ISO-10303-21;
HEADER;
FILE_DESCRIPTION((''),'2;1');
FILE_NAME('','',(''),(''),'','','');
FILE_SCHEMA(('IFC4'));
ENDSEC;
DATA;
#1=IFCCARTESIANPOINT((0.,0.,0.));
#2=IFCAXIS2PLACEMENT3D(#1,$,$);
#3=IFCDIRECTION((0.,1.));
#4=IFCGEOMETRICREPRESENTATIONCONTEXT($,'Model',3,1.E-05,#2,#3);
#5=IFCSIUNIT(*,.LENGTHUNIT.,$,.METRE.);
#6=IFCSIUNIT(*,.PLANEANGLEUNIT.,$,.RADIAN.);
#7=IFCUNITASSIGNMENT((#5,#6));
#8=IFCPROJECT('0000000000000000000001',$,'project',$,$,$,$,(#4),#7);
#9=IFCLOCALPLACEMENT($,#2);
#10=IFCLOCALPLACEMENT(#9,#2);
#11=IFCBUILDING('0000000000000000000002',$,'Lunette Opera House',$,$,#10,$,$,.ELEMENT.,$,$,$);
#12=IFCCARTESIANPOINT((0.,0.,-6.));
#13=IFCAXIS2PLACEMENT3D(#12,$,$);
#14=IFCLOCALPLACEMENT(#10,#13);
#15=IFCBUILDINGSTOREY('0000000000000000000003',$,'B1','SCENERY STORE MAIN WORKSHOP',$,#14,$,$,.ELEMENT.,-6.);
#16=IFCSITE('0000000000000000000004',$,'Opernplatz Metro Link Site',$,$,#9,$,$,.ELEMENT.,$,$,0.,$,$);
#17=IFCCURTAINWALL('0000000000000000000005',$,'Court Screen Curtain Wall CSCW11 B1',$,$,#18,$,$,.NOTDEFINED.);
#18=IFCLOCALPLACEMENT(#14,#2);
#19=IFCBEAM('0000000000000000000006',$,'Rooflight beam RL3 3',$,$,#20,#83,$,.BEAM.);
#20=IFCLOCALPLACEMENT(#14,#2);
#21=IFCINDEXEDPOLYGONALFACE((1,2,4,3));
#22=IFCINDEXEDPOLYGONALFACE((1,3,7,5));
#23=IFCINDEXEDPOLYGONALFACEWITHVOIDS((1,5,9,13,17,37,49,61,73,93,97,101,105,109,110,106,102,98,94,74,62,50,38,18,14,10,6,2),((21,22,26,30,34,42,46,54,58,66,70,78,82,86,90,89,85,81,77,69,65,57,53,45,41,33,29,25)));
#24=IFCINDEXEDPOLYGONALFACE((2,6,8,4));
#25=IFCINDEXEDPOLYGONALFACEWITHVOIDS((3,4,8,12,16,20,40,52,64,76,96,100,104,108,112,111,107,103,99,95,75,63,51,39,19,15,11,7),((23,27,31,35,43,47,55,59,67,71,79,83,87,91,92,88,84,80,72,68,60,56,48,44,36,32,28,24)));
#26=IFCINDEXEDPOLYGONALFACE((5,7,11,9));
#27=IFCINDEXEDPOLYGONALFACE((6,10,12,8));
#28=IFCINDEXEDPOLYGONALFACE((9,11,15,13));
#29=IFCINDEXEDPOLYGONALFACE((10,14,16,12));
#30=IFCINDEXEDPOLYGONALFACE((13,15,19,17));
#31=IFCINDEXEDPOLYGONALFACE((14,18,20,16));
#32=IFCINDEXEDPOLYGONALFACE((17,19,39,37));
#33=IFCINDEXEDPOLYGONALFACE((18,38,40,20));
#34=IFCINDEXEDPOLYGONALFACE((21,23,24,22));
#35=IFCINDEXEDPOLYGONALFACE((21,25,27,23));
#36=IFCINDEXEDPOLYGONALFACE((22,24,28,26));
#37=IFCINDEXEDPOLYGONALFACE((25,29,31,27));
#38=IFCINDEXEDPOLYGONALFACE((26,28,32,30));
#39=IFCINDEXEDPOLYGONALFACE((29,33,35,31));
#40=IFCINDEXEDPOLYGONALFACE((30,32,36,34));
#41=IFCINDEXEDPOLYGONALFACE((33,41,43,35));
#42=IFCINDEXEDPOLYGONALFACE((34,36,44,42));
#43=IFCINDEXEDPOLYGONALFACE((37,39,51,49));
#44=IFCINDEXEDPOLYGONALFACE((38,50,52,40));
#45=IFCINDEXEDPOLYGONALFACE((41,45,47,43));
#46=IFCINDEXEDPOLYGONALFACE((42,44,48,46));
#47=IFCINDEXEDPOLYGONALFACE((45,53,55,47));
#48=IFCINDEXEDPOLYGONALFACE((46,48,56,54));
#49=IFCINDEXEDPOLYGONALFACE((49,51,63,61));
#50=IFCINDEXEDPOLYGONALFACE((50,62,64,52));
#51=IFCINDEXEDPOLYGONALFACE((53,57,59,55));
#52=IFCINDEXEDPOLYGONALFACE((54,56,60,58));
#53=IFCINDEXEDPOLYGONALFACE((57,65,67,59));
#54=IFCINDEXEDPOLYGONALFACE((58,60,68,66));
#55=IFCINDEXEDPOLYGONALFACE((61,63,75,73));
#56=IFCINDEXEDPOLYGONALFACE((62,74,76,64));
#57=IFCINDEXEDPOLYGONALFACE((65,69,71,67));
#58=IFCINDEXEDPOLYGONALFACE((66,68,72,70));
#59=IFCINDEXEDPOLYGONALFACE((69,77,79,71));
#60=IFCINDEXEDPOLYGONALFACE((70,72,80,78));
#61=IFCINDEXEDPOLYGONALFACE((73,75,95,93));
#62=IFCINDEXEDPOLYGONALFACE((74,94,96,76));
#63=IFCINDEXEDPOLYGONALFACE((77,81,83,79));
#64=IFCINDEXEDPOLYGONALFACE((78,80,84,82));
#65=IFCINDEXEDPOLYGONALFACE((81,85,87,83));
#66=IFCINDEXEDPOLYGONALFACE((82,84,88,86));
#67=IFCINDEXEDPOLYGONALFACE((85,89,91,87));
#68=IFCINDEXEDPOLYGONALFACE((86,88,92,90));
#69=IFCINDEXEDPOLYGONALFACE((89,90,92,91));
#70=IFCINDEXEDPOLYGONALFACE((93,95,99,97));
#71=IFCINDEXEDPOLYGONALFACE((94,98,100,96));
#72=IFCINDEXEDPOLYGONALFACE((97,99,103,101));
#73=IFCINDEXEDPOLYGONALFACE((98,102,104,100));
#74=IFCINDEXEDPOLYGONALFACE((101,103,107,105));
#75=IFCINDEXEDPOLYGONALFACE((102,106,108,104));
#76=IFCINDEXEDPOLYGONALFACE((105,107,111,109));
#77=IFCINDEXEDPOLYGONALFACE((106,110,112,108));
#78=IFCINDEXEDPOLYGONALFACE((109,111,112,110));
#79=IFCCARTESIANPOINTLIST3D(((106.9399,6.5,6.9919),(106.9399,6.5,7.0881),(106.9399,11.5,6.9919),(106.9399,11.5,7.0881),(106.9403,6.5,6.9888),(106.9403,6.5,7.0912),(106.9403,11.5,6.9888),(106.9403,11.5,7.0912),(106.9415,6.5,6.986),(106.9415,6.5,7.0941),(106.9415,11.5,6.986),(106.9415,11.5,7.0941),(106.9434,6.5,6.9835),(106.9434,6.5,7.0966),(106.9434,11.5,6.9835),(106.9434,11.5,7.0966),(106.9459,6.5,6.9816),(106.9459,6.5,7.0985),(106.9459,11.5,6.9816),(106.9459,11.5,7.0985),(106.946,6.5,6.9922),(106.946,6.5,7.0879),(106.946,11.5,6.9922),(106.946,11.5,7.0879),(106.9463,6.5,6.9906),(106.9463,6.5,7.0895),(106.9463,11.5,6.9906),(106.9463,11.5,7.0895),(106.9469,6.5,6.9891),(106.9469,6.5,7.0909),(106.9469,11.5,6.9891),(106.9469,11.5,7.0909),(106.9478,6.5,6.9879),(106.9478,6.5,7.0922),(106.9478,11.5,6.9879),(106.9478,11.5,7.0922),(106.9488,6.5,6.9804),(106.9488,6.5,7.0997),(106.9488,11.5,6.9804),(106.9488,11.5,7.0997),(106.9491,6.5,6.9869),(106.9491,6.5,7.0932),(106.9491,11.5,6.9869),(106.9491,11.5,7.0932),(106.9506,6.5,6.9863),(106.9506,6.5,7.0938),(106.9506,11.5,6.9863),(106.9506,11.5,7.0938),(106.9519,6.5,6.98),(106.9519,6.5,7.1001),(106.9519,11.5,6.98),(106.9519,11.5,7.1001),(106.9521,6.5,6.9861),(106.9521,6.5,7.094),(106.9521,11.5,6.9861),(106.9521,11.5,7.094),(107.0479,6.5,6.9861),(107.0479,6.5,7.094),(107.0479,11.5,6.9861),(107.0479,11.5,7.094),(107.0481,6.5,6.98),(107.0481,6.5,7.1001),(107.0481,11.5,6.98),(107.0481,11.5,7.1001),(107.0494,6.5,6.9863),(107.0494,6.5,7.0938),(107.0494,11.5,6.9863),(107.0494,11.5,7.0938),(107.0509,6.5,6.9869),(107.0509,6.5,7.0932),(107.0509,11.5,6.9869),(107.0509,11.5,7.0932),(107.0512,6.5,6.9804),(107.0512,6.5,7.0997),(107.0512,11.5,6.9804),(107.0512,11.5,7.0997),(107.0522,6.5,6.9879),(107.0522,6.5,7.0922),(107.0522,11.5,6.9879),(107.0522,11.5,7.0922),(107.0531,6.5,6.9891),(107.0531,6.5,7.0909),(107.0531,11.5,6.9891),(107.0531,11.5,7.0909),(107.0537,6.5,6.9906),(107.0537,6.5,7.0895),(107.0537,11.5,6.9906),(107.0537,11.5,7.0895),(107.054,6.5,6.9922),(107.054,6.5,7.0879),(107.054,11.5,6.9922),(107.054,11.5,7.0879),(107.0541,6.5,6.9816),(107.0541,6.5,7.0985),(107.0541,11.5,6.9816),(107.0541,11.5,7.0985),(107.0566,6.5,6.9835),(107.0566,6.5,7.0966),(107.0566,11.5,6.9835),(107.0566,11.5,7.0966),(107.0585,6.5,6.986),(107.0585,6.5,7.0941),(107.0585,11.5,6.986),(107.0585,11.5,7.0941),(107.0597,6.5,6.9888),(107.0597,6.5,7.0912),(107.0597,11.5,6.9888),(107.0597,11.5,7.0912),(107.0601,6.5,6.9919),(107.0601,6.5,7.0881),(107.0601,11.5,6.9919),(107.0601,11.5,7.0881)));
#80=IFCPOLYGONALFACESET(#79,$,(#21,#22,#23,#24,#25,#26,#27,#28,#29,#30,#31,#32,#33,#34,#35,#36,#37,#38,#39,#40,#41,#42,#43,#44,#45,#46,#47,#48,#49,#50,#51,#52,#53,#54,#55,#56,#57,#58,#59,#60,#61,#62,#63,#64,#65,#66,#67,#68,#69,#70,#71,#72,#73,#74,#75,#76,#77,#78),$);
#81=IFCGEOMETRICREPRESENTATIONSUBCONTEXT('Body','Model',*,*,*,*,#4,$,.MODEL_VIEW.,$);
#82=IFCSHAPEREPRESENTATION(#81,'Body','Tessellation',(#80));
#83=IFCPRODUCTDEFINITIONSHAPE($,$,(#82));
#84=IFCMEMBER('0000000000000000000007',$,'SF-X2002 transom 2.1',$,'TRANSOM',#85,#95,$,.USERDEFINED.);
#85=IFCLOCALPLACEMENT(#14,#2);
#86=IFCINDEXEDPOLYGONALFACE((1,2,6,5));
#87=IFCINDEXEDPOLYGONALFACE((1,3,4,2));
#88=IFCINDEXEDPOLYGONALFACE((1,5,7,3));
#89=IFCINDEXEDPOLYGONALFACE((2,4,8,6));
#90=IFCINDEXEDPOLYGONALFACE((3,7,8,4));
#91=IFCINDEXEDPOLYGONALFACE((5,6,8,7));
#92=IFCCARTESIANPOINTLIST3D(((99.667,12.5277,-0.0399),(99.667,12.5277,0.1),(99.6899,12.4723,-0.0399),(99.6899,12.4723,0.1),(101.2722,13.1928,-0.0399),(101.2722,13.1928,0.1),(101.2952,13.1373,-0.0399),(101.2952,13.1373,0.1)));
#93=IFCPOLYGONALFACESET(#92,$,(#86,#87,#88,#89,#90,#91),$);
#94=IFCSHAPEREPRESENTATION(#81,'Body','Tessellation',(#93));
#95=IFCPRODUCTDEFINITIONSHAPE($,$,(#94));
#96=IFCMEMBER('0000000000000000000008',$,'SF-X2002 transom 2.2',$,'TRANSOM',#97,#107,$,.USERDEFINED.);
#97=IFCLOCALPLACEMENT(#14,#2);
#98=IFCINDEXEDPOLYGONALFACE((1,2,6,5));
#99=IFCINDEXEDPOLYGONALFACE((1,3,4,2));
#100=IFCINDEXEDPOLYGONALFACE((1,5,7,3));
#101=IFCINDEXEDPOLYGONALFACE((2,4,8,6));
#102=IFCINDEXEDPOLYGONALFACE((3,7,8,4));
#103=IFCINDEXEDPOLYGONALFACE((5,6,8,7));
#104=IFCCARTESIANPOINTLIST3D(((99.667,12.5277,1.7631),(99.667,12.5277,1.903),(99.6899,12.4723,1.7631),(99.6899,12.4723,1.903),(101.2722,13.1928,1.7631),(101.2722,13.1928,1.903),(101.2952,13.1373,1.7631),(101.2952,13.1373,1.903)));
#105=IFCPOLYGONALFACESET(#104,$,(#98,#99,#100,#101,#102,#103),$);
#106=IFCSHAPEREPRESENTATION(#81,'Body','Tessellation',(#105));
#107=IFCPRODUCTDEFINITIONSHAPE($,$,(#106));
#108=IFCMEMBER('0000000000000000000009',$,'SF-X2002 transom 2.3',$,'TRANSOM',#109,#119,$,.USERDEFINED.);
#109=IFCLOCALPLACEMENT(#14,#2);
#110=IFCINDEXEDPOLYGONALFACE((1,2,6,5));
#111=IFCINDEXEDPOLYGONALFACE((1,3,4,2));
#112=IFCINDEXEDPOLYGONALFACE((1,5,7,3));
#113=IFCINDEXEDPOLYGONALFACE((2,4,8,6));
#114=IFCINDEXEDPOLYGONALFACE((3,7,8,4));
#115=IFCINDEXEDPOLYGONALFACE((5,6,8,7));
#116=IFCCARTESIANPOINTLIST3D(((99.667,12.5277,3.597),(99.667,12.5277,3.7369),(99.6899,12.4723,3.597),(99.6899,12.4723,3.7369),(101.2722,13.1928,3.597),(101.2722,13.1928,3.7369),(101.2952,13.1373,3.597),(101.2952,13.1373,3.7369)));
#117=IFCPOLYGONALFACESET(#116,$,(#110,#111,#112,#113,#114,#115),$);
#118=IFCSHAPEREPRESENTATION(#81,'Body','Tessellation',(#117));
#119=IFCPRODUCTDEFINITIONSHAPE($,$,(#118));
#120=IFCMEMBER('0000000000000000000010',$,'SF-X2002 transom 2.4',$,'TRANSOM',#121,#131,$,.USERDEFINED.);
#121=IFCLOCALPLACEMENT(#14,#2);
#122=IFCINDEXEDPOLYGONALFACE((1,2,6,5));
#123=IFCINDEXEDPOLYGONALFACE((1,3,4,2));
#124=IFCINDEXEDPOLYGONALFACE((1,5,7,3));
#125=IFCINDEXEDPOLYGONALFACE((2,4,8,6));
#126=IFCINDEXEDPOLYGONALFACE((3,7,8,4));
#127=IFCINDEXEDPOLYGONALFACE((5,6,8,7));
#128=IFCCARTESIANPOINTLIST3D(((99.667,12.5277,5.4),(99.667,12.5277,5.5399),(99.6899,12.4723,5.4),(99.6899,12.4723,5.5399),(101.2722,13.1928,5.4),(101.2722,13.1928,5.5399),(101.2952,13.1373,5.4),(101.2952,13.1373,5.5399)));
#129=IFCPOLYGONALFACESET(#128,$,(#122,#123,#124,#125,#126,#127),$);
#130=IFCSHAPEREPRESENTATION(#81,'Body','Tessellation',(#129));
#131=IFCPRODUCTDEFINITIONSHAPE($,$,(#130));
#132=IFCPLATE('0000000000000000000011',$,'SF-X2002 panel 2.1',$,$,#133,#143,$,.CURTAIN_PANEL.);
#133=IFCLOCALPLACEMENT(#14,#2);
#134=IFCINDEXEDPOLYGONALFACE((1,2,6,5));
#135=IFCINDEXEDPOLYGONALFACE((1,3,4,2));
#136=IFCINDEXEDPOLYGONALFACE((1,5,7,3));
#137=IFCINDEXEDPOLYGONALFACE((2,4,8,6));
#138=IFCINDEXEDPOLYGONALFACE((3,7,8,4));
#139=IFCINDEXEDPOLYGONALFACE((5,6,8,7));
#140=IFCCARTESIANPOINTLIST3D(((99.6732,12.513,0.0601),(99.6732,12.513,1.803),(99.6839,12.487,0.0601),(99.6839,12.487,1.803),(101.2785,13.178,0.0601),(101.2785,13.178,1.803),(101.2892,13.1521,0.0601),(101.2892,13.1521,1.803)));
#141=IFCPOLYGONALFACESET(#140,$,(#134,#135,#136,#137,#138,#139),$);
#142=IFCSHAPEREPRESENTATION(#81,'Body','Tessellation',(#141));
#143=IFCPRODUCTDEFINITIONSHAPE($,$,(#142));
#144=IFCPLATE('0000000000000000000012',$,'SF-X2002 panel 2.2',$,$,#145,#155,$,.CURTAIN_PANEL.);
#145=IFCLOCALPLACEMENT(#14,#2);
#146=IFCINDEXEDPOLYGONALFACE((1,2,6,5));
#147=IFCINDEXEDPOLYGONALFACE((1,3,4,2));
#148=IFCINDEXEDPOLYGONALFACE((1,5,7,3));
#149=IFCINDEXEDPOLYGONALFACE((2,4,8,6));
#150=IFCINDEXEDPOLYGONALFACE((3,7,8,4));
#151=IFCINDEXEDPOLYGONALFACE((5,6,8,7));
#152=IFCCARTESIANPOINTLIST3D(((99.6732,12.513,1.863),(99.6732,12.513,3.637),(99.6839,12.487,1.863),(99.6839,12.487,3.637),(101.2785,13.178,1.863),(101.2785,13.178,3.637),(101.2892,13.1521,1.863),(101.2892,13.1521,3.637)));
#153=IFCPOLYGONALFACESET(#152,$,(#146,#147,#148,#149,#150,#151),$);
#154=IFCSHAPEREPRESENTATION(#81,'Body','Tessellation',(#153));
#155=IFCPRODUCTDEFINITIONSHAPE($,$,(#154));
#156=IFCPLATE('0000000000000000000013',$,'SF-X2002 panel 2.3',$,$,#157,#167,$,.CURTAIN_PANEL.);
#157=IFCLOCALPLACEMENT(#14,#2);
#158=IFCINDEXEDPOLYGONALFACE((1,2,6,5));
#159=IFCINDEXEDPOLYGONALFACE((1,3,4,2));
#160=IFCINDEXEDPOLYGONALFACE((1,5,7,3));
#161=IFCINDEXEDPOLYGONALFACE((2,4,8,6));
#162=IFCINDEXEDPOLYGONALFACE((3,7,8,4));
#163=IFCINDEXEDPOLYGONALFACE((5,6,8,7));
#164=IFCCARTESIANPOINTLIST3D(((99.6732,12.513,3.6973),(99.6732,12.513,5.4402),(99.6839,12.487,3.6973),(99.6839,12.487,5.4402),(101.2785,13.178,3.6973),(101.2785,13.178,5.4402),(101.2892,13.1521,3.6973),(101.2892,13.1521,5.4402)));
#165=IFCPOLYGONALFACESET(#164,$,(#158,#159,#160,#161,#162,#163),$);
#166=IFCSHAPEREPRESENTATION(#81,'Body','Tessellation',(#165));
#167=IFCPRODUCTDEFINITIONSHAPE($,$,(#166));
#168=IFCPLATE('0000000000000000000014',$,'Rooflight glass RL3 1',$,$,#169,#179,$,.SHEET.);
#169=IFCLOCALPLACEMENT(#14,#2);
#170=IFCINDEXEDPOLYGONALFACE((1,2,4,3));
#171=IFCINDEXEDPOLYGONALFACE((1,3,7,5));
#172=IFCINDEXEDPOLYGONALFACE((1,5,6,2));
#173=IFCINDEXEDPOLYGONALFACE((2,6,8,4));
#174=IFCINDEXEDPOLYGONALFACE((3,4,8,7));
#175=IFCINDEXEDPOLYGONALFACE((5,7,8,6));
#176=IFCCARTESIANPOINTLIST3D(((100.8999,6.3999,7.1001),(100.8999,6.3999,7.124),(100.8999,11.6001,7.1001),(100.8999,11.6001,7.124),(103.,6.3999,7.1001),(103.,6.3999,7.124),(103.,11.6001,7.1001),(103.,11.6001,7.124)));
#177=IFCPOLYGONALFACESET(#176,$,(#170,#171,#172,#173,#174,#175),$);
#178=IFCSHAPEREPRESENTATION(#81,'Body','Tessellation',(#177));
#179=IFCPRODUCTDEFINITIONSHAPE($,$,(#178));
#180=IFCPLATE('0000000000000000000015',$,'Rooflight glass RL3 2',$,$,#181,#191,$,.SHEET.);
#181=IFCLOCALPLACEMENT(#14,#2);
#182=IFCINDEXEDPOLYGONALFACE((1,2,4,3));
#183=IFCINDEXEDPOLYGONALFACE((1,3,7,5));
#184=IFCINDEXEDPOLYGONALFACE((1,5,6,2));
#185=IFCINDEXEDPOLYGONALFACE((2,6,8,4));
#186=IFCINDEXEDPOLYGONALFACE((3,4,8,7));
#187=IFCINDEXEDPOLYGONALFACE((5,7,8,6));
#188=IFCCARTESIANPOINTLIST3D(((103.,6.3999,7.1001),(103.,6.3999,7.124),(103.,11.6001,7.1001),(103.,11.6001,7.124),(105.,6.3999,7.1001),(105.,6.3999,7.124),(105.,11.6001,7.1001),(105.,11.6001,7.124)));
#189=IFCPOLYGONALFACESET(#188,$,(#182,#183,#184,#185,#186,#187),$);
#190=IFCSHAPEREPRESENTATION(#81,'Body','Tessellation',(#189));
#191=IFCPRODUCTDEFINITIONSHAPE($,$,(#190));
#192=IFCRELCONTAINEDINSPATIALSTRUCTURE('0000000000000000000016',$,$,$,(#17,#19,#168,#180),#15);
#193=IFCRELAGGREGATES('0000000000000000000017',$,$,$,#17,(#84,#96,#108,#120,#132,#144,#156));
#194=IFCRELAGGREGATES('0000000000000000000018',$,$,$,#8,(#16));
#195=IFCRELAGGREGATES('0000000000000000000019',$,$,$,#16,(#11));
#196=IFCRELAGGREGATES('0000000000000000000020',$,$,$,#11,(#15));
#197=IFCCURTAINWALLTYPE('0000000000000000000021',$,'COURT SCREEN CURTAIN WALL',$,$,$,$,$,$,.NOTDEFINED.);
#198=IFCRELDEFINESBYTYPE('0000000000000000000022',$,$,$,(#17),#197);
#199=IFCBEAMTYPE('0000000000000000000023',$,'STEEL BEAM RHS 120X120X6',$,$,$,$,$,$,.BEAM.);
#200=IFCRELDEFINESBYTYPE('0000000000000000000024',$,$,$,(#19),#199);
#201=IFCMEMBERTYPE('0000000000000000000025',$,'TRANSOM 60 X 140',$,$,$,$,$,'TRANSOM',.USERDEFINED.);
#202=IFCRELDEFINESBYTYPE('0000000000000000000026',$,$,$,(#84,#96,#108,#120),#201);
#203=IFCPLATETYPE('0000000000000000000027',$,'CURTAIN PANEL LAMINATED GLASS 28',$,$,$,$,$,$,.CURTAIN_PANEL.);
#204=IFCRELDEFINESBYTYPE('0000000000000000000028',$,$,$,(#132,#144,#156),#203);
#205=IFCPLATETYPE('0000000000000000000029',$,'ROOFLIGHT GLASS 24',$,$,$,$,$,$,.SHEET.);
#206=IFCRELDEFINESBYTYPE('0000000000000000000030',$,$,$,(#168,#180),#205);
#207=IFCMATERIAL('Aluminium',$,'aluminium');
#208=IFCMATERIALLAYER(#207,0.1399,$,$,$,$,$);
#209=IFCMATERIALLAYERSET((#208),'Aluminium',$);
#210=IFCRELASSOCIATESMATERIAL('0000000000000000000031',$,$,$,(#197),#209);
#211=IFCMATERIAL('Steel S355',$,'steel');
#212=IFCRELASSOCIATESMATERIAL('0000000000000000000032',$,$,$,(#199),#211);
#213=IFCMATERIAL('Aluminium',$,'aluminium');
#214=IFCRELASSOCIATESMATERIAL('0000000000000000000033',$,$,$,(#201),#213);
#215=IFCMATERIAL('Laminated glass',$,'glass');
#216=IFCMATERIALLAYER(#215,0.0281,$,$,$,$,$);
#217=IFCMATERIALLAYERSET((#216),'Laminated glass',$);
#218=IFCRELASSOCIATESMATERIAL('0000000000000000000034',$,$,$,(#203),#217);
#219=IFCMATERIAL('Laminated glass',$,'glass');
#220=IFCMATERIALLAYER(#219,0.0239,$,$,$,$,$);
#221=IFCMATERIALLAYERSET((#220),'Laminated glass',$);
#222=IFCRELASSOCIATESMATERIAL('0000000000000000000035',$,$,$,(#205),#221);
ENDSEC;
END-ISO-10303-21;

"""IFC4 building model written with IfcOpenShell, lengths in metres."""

from ifc_helpers import new_model, si_unit, direction, frame, origin, origin_2d, place, context, subcontext, project, spatial, polyline, rectangle, hollow_rectangle, outline, extrude, material, layer, layer_set, material_profile, profile_set, type_object, element, aggregate, save


model = new_model("IFC4")

# Units and contexts
model_context = context("Model", 3, precision=1e-05, world=origin(), true_north=direction((0.0, 1.0)))
body_context = subcontext(model_context, "Body", "Model", "MODEL_VIEW")
ifc_project = project(units=[si_unit("LENGTHUNIT", "METRE"), si_unit("PLANEANGLEUNIT", "RADIAN")], contexts=[model_context])

# Site, building, storey
site_placement = place(None, origin())
site = spatial("IfcSite", under=ifc_project, at=site_placement, Name="Opernplatz Metro Link Site", CompositionType="ELEMENT", RefElevation=0.0)
building_placement = place(site_placement, origin())
building = spatial("IfcBuilding", under=site, at=building_placement, Name="Lunette Opera House", CompositionType="ELEMENT")
storey_placement = place(building_placement, frame((0.0, 0.0, -6.0)))
storey = spatial("IfcBuildingStorey", under=building, at=storey_placement, Name="B1", Description="SCENERY STORE MAIN WORKSHOP", CompositionType="ELEMENT", Elevation=-6.0)

# Curtain wall
ifc_material_1 = material(Name="Aluminium", Category="aluminium")
ifc_layer_1 = layer(ifc_material_1, 0.1399)
ifc_layer_set_1 = layer_set([ifc_layer_1], Name="Aluminium")
curtain_wall_type = type_object("IfcCurtainWallType", Name="COURT SCREEN CURTAIN WALL", PredefinedType="NOTDEFINED", material=ifc_layer_set_1)
curtain_wall_placement = place(storey_placement, origin())
curtain_wall = element("IfcCurtainWall", 1, at=curtain_wall_placement, inside=storey, type_object=curtain_wall_type, Name="Court Screen Curtain Wall CSCW11 B1", PredefinedType="NOTDEFINED")

# Beam
ifc_material_2 = material(Name="Steel S355", Category="steel")
ifc_material_profile_1 = material_profile(ifc_material_2, hollow_rectangle(XDim=0.1201, YDim=0.1201, WallThickness=0.0061, InnerFilletRadius=0.0061, OuterFilletRadius=0.012, at=origin_2d()), Name="RHS 120X120X6")
ifc_profile_set_1 = profile_set([ifc_material_profile_1], Name="Steel S355")
beam_type = type_object("IfcBeamType", Name="STEEL BEAM RHS 120X120X6", PredefinedType="BEAM", material=ifc_profile_set_1)
for number, where, z_axis, x_axis, name in (
    (2, (107.0, 6.5, 7.04), (0.0, 1.0, 0.0), (-1.0, 0.0, 0.0), "Rooflight beam RL3 3"),
):
    element("IfcBeam", number, at=place(storey_placement, frame(where, z_axis=z_axis, x_axis=x_axis)), inside=storey, type_object=beam_type, Name=name, PredefinedType="BEAM", context=body_context, shape_type="SweptSolid", body=[
        extrude(hollow_rectangle(XDim=0.1201, YDim=0.1201, WallThickness=0.0061, InnerFilletRadius=0.0061, OuterFilletRadius=0.012, at=origin_2d()), origin(), (0.0, 0.0, 1.0), 5.0),
    ])

# Members
ifc_material_3 = material(Name="Aluminium", Category="aluminium")
ifc_material_profile_2 = material_profile(ifc_material_3, rectangle(XDim=0.0601, YDim=0.1399, at=origin_2d()), Name="TRANSOM 60 X 140")
ifc_profile_set_2 = profile_set([ifc_material_profile_2], Name="Aluminium")
member_type_1 = type_object("IfcMemberType", Name="TRANSOM 60 X 140", ElementType="TRANSOM", PredefinedType="USERDEFINED", material=ifc_profile_set_2)
member_1_placement = place(storey_placement, frame((101.2837, 13.165, 0.03), z_axis=(-0.923852, -0.382749, 0.0), x_axis=(0.382749, -0.923852, 0.0)))
member_1 = element("IfcMember", 3, at=member_1_placement, type_object=member_type_1, Name="SF-X2002 transom 2.1", ObjectType="TRANSOM", PredefinedType="USERDEFINED", context=body_context, shape_type="SweptSolid", body=[
    extrude(rectangle(XDim=0.0601, YDim=0.1399, at=origin_2d()), origin(), (0.0, 0.0, 1.0), 1.7375),
])
member_2_placement = place(storey_placement, frame((101.2837, 13.165, 1.833), z_axis=(-0.923852, -0.382749, 0.0), x_axis=(0.382749, -0.923852, 0.0)))
member_2 = element("IfcMember", 4, at=member_2_placement, type_object=member_type_1, Name="SF-X2002 transom 2.2", ObjectType="TRANSOM", PredefinedType="USERDEFINED", context=body_context, shape_type="SweptSolid", body=[
    extrude(rectangle(XDim=0.0601, YDim=0.1399, at=origin_2d()), origin(), (0.0, 0.0, 1.0), 1.7375),
])
member_3_placement = place(storey_placement, frame((101.2837, 13.165, 3.667), z_axis=(-0.923852, -0.382749, 0.0), x_axis=(0.382749, -0.923852, 0.0)))
member_3 = element("IfcMember", 5, at=member_3_placement, type_object=member_type_1, Name="SF-X2002 transom 2.3", ObjectType="TRANSOM", PredefinedType="USERDEFINED", context=body_context, shape_type="SweptSolid", body=[
    extrude(rectangle(XDim=0.0601, YDim=0.1399, at=origin_2d()), origin(), (0.0, 0.0, 1.0), 1.7375),
])
member_4_placement = place(storey_placement, frame((101.2837, 13.165, 5.47), z_axis=(-0.923852, -0.382749, 0.0), x_axis=(0.382749, -0.923852, 0.0)))
member_4 = element("IfcMember", 6, at=member_4_placement, type_object=member_type_1, Name="SF-X2002 transom 2.4", ObjectType="TRANSOM", PredefinedType="USERDEFINED", context=body_context, shape_type="SweptSolid", body=[
    extrude(rectangle(XDim=0.0601, YDim=0.1399, at=origin_2d()), origin(), (0.0, 0.0, 1.0), 1.7375),
])

# Plates
ifc_material_4 = material(Name="Laminated glass", Category="glass")
ifc_layer_2 = layer(ifc_material_4, 0.0281)
ifc_layer_set_2 = layer_set([ifc_layer_2], Name="Laminated glass")
plate_type_1 = type_object("IfcPlateType", Name="CURTAIN PANEL LAMINATED GLASS 28", PredefinedType="CURTAIN_PANEL", material=ifc_layer_set_2)
plate_1_placement = place(storey_placement, frame((100.4812, 12.8325, 0.0601), z_axis=(0.0, 0.0, 1.0), x_axis=(-0.92386, -0.38273, 0.0)))
plate_1 = element("IfcPlate", 7, at=plate_1_placement, type_object=plate_type_1, Name="SF-X2002 panel 2.1", PredefinedType="CURTAIN_PANEL", context=body_context, shape_type="SweptSolid", body=[
    extrude(rectangle(XDim=1.7375, YDim=0.0281, at=origin_2d()), origin(), (0.0, 0.0, 1.0), 1.7429),
])
plate_2_placement = place(storey_placement, frame((100.4812, 12.8325, 1.863), z_axis=(0.0, 0.0, 1.0), x_axis=(-0.92386, -0.38273, 0.0)))
plate_2 = element("IfcPlate", 8, at=plate_2_placement, type_object=plate_type_1, Name="SF-X2002 panel 2.2", PredefinedType="CURTAIN_PANEL", context=body_context, shape_type="SweptSolid", body=[
    extrude(rectangle(XDim=1.7375, YDim=0.0281, at=origin_2d()), origin(), (0.0, 0.0, 1.0), 1.7739),
])
plate_3_placement = place(storey_placement, frame((100.4812, 12.8325, 3.6973), z_axis=(0.0, 0.0, 1.0), x_axis=(-0.92386, -0.38273, 0.0)))
plate_3 = element("IfcPlate", 9, at=plate_3_placement, type_object=plate_type_1, Name="SF-X2002 panel 2.3", PredefinedType="CURTAIN_PANEL", context=body_context, shape_type="SweptSolid", body=[
    extrude(rectangle(XDim=1.7375, YDim=0.0281, at=origin_2d()), origin(), (0.0, 0.0, 1.0), 1.7429),
])
aggregate(curtain_wall, [member_1, member_2, member_3, member_4, plate_1, plate_2, plate_3])

# Plates
ifc_material_5 = material(Name="Laminated glass", Category="glass")
ifc_layer_3 = layer(ifc_material_5, 0.0239)
ifc_layer_set_3 = layer_set([ifc_layer_3], Name="Laminated glass")
plate_type_2 = type_object("IfcPlateType", Name="ROOFLIGHT GLASS 24", PredefinedType="SHEET", material=ifc_layer_set_3)
plate_4_placement = place(storey_placement, frame((100.8999, 6.3999, 7.124), z_axis=(0.0, 0.0, 1.0), x_axis=(1.0, 0.0, 0.0)))
element("IfcPlate", 10, at=plate_4_placement, inside=storey, type_object=plate_type_2, Name="Rooflight glass RL3 1", PredefinedType="SHEET", context=body_context, shape_type="SweptSolid", body=[
    extrude(outline(polyline([(0.0, 0.0), (2.1001, 0.0), (2.1001, 5.2002), (0.0, 5.2002), (0.0, 0.0)])), origin(), (0.0, 0.0, -1.0), 0.0239),
])
for number, where, z_axis, x_axis, name in (
    (11, (103.0, 6.3999, 7.124), (0.0, 0.0, 1.0), (1.0, 0.0, 0.0), "Rooflight glass RL3 2"),
):
    element("IfcPlate", number, at=place(storey_placement, frame(where, z_axis=z_axis, x_axis=x_axis)), inside=storey, type_object=plate_type_2, Name=name, PredefinedType="SHEET", context=body_context, shape_type="SweptSolid", body=[
        extrude(outline(polyline([(0.0, 0.0), (2.0, 0.0), (2.0, 5.2002), (0.0, 5.2002), (0.0, 0.0)])), origin(), (0.0, 0.0, -1.0), 0.0239),
    ])

save(model, "model.ifc")
